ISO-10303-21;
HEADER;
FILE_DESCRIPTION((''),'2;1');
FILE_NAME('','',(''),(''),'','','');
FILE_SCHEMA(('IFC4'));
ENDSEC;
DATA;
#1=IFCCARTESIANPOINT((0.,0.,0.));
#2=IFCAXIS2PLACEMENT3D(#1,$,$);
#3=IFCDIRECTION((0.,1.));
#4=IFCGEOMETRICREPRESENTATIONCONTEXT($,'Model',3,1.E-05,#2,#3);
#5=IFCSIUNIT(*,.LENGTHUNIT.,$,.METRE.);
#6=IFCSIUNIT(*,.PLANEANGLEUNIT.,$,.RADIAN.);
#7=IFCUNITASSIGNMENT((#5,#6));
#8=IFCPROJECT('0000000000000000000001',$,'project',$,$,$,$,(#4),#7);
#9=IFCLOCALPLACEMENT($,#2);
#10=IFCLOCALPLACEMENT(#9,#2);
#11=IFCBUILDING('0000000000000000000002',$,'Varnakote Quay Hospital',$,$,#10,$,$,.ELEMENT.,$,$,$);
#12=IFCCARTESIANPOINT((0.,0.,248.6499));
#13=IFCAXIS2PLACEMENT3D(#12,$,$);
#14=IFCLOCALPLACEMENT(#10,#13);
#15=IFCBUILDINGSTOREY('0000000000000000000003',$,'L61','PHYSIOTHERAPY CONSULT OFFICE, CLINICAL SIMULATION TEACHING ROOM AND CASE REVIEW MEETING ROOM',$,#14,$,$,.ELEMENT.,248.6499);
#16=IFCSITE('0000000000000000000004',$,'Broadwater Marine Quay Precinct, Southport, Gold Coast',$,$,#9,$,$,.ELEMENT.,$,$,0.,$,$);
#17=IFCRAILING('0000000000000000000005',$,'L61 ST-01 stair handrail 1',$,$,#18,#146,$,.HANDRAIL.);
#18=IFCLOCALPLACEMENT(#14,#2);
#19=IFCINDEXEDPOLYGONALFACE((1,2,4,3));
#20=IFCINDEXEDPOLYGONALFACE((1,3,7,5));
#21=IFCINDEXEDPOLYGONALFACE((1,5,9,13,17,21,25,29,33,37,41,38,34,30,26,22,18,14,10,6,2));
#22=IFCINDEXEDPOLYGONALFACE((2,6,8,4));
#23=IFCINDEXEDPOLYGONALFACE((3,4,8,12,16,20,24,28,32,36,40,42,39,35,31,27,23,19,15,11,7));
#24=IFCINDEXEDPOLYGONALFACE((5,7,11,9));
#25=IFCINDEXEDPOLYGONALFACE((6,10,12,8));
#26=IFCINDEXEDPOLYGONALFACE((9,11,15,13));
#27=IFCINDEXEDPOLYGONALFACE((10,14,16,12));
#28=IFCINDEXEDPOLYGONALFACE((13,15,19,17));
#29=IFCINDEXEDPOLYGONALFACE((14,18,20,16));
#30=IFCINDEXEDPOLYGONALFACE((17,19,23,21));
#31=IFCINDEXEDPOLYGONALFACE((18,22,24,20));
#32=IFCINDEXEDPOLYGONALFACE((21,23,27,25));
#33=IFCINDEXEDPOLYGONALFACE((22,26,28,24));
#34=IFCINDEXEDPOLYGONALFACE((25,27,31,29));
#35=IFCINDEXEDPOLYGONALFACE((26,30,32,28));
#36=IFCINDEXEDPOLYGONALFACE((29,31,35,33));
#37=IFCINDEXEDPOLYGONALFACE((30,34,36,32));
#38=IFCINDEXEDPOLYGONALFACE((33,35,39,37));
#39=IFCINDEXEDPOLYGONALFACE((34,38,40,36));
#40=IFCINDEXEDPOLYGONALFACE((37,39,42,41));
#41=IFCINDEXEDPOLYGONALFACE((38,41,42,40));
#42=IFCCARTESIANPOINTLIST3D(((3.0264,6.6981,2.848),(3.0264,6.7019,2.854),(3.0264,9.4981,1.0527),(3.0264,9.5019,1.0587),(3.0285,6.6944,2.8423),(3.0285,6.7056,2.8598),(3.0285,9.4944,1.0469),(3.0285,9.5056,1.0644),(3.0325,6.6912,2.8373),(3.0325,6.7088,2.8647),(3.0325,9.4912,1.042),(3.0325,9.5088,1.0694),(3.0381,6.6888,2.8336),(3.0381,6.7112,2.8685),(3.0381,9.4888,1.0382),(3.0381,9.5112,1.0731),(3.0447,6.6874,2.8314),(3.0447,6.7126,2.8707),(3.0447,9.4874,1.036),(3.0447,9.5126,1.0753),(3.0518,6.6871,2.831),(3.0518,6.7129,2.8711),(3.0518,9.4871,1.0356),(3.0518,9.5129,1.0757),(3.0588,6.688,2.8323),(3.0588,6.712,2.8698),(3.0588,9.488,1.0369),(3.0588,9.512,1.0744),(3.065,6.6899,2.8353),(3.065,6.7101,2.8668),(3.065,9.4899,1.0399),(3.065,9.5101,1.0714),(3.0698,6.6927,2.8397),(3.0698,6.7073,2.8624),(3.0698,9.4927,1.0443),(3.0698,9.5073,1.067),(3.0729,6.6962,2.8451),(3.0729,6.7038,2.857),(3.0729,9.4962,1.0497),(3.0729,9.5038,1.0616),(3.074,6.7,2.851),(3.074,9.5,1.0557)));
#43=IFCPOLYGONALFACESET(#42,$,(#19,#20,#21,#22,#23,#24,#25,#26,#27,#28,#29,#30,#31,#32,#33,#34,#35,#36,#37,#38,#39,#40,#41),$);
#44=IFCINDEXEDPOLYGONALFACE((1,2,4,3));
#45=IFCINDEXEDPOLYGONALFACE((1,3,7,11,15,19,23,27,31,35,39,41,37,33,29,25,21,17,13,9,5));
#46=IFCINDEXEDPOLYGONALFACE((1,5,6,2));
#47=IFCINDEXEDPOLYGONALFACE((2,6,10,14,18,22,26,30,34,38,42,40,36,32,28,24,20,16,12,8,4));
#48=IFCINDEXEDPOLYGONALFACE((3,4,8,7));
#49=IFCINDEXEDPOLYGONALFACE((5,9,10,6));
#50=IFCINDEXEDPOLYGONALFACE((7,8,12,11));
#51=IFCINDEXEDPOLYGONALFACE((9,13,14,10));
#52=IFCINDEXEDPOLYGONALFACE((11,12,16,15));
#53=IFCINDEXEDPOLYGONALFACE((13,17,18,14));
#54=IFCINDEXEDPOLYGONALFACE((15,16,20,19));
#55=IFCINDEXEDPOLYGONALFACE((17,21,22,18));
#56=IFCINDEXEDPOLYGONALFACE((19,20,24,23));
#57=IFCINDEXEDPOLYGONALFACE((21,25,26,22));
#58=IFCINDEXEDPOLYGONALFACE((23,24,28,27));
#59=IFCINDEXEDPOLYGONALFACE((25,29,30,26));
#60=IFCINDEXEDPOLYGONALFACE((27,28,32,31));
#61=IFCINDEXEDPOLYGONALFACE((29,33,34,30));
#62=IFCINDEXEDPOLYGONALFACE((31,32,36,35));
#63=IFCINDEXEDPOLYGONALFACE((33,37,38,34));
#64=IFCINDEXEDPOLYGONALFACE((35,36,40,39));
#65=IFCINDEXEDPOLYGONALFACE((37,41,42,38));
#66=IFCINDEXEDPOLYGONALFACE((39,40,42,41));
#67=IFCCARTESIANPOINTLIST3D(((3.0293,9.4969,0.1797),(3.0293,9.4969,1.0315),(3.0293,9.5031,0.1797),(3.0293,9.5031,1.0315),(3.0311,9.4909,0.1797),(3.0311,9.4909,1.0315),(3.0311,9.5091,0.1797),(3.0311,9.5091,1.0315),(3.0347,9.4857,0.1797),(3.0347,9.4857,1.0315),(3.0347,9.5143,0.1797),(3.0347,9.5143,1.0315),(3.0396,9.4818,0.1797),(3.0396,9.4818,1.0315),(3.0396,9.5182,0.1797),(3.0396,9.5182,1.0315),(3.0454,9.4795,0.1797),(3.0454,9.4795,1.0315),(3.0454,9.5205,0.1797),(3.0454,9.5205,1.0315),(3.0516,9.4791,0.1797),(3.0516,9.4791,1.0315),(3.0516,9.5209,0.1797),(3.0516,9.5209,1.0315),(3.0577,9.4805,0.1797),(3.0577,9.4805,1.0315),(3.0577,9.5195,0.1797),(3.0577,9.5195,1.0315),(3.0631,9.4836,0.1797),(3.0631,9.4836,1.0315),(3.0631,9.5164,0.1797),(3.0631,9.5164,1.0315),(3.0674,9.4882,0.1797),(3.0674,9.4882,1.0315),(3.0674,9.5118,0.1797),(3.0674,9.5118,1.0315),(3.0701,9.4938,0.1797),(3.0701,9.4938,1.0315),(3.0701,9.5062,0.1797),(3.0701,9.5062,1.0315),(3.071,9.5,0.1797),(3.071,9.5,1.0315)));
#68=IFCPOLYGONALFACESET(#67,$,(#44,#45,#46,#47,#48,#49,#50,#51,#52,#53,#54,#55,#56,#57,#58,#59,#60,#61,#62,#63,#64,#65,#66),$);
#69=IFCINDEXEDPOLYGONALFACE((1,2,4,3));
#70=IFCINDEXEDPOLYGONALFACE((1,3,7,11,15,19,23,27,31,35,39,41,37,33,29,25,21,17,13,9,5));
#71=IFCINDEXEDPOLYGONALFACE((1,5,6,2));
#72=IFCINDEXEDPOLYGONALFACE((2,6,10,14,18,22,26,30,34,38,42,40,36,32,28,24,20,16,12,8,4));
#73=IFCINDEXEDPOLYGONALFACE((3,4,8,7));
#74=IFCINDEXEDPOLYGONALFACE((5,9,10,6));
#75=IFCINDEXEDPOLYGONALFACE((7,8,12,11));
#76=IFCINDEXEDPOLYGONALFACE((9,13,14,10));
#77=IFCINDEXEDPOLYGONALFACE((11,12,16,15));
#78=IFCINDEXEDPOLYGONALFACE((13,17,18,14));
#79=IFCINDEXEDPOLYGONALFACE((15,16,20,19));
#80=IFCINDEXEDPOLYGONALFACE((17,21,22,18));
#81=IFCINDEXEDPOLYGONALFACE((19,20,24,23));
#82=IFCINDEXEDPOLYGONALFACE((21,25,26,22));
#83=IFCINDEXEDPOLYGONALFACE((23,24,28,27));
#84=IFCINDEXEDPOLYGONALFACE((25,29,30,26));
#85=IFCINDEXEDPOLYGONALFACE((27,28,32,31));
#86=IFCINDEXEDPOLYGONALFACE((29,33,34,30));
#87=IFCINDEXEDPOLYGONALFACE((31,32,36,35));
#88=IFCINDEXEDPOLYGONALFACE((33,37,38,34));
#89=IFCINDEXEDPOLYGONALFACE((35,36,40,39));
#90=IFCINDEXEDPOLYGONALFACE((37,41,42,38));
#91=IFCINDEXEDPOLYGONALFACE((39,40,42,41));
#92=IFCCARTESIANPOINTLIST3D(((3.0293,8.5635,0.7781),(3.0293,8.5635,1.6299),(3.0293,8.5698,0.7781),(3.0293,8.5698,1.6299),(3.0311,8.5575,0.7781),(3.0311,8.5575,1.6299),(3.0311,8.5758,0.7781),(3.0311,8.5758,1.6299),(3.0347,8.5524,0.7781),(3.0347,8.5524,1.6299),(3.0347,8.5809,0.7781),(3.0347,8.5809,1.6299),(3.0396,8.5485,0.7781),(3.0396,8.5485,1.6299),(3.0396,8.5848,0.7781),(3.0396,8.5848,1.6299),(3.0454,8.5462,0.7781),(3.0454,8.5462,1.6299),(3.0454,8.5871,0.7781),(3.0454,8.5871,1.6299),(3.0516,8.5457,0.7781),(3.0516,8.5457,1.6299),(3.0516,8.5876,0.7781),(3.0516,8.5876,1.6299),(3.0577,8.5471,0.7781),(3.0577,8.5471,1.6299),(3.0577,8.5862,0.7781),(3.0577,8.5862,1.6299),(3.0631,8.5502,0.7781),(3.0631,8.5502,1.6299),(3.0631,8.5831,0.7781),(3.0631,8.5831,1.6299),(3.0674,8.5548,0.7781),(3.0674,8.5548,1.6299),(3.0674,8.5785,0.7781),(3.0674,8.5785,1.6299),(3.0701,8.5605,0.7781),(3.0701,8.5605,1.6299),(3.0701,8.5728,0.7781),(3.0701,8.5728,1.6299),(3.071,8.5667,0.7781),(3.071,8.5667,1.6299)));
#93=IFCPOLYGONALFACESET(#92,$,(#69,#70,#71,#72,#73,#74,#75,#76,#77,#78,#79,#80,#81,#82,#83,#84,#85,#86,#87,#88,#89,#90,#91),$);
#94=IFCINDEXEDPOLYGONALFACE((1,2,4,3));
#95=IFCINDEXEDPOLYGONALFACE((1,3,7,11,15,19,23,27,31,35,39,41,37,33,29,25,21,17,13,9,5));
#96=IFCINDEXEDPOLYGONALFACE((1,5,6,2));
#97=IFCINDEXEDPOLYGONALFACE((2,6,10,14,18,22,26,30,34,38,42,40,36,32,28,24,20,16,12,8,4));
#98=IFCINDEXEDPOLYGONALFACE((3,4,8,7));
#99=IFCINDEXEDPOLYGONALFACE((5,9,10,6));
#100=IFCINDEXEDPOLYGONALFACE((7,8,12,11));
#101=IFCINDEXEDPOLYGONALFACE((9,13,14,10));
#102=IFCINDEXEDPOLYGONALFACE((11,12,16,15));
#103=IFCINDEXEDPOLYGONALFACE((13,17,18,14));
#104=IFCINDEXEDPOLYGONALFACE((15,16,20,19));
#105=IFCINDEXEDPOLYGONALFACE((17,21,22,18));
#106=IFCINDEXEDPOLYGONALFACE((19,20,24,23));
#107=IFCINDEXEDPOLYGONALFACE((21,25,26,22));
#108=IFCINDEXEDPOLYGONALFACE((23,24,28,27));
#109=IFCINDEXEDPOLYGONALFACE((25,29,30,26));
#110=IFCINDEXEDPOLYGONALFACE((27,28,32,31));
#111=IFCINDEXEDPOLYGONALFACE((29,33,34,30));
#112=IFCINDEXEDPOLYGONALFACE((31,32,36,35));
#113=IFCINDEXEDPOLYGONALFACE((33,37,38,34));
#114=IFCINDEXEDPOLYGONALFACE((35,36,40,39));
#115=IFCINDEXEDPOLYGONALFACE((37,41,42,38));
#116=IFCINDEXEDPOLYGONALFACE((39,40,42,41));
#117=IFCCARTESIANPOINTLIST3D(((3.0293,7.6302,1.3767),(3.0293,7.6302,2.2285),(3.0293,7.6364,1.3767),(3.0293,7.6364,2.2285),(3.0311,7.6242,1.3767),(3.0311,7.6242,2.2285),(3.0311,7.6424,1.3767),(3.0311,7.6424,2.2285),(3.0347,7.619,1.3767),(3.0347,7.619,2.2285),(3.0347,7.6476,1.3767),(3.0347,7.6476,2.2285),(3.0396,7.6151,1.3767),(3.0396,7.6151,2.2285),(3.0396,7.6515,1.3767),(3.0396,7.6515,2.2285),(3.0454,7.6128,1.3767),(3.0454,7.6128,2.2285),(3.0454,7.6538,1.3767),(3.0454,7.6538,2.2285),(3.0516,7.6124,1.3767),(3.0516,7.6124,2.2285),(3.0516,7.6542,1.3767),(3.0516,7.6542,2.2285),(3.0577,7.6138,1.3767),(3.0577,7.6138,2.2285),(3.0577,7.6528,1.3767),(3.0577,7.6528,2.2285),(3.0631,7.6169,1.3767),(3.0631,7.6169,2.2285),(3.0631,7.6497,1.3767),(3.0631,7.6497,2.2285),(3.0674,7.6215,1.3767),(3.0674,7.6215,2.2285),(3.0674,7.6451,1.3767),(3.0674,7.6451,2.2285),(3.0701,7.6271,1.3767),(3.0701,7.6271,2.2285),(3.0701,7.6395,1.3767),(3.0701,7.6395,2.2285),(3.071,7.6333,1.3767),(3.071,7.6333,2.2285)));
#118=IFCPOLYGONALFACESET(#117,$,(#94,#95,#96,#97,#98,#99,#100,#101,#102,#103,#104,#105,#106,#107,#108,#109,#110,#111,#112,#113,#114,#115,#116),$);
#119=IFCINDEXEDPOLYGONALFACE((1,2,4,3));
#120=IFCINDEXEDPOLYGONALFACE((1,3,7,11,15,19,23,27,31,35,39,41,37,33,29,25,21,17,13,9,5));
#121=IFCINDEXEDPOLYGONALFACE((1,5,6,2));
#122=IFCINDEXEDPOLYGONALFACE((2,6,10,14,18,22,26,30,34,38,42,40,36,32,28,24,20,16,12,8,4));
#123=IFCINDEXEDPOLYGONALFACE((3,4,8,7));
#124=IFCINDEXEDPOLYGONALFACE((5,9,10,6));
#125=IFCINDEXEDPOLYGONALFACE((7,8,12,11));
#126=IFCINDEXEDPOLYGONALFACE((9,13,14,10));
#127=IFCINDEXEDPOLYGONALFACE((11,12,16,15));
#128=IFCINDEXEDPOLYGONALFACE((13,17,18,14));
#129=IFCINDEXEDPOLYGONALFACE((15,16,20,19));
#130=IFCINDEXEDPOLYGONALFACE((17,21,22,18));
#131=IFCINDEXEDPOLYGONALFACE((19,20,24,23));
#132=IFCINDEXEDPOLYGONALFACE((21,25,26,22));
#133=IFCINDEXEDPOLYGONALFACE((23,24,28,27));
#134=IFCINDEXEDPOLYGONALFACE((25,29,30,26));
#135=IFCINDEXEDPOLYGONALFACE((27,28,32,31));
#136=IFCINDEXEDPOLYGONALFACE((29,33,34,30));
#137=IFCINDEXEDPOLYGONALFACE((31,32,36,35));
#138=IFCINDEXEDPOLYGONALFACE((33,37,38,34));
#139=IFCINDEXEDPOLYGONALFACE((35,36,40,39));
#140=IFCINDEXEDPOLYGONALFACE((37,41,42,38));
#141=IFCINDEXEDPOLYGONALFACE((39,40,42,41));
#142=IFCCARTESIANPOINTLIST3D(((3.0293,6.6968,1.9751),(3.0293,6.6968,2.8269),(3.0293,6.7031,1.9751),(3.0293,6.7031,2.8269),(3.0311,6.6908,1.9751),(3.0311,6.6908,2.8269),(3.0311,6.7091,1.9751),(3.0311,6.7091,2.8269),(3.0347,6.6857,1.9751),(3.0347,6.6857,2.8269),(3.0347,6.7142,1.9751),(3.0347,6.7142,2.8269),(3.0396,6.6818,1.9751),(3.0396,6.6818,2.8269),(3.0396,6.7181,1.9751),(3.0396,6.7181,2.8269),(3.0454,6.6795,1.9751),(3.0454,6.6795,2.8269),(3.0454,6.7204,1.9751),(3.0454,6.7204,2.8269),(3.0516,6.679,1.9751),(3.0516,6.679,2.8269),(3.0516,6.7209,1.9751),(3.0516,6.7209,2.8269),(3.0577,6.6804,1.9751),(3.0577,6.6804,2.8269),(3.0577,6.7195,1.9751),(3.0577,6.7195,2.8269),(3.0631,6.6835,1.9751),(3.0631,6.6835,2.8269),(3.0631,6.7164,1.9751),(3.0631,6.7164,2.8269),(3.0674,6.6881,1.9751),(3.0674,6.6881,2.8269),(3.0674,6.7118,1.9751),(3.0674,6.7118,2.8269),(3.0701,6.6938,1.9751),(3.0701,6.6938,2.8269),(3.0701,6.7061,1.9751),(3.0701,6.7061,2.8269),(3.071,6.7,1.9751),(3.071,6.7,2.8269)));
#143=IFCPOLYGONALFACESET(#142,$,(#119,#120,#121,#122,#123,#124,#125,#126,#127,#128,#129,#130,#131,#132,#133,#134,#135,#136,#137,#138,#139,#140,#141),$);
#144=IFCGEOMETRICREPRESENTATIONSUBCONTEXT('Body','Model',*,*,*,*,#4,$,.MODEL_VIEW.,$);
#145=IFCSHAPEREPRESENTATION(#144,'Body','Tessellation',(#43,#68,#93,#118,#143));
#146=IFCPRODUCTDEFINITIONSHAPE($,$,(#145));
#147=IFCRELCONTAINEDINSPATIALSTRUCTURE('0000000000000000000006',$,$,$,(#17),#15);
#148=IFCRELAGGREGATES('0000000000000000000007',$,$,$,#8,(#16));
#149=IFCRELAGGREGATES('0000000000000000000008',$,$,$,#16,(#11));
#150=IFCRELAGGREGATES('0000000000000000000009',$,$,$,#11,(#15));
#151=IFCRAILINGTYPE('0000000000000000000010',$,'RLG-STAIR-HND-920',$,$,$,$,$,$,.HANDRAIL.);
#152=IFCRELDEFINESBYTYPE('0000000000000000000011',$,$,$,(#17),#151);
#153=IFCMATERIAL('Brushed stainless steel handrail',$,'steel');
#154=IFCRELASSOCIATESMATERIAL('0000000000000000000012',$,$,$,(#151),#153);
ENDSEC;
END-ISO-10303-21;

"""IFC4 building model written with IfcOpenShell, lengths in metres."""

from ifc_helpers import new_model, si_unit, direction, frame, origin, origin_2d, place, context, subcontext, project, spatial, circle, extrude, material, type_object, element, save


model = new_model("IFC4")

# Units and contexts
model_context = context("Model", 3, precision=1e-05, world=origin(), true_north=direction((0.0, 1.0)))
body_context = subcontext(model_context, "Body", "Model", "MODEL_VIEW")
ifc_project = project(units=[si_unit("LENGTHUNIT", "METRE"), si_unit("PLANEANGLEUNIT", "RADIAN")], contexts=[model_context])

# Site, building, storey
site_placement = place(None, origin())
site = spatial("IfcSite", under=ifc_project, at=site_placement, Name="Broadwater Marine Quay Precinct, Southport, Gold Coast", CompositionType="ELEMENT", RefElevation=0.0)
building_placement = place(site_placement, origin())
building = spatial("IfcBuilding", under=site, at=building_placement, Name="Varnakote Quay Hospital", CompositionType="ELEMENT")
storey_placement = place(building_placement, frame((0.0, 0.0, 248.6499)))
storey = spatial("IfcBuildingStorey", under=building, at=storey_placement, Name="L61", Description="PHYSIOTHERAPY CONSULT OFFICE, CLINICAL SIMULATION TEACHING ROOM AND CASE REVIEW MEETING ROOM", CompositionType="ELEMENT", Elevation=248.6499)

# Railing
ifc_material_1 = material(Name="Brushed stainless steel handrail", Category="steel")
railing_type_1 = type_object("IfcRailingType", Name="RLG-STAIR-HND-920", PredefinedType="HANDRAIL", material=ifc_material_1)
railing_1_placement = place(storey_placement, frame((3.05, 9.5, 0.1797)))
element("IfcRailing", 1, at=railing_1_placement, inside=storey, type_object=railing_type_1, Name="L61 ST-01 stair handrail 1", PredefinedType="HANDRAIL", context=body_context, shape_type="SweptSolid", body=[
    extrude(circle(Radius=0.0239, at=origin_2d()), frame((0.0, 0.0, 0.876), z_axis=(0.0, -0.84181, 0.539774), x_axis=(1.0, 0.0, 0.0)), (0.0, 0.0, 1.0), 3.3262),
    extrude(circle(Radius=0.021, at=origin_2d()), origin(), (0.0, 0.0, 1.0), 0.8518),
    extrude(circle(Radius=0.021, at=origin_2d()), frame((0.0, -0.9333, 0.5984)), (0.0, 0.0, 1.0), 0.8518),
    extrude(circle(Radius=0.021, at=origin_2d()), frame((0.0, -1.8667, 1.197)), (0.0, 0.0, 1.0), 0.8518),
    extrude(circle(Radius=0.021, at=origin_2d()), frame((0.0, -2.8, 1.7954)), (0.0, 0.0, 1.0), 0.8518),
])

save(model, "model.ifc")
